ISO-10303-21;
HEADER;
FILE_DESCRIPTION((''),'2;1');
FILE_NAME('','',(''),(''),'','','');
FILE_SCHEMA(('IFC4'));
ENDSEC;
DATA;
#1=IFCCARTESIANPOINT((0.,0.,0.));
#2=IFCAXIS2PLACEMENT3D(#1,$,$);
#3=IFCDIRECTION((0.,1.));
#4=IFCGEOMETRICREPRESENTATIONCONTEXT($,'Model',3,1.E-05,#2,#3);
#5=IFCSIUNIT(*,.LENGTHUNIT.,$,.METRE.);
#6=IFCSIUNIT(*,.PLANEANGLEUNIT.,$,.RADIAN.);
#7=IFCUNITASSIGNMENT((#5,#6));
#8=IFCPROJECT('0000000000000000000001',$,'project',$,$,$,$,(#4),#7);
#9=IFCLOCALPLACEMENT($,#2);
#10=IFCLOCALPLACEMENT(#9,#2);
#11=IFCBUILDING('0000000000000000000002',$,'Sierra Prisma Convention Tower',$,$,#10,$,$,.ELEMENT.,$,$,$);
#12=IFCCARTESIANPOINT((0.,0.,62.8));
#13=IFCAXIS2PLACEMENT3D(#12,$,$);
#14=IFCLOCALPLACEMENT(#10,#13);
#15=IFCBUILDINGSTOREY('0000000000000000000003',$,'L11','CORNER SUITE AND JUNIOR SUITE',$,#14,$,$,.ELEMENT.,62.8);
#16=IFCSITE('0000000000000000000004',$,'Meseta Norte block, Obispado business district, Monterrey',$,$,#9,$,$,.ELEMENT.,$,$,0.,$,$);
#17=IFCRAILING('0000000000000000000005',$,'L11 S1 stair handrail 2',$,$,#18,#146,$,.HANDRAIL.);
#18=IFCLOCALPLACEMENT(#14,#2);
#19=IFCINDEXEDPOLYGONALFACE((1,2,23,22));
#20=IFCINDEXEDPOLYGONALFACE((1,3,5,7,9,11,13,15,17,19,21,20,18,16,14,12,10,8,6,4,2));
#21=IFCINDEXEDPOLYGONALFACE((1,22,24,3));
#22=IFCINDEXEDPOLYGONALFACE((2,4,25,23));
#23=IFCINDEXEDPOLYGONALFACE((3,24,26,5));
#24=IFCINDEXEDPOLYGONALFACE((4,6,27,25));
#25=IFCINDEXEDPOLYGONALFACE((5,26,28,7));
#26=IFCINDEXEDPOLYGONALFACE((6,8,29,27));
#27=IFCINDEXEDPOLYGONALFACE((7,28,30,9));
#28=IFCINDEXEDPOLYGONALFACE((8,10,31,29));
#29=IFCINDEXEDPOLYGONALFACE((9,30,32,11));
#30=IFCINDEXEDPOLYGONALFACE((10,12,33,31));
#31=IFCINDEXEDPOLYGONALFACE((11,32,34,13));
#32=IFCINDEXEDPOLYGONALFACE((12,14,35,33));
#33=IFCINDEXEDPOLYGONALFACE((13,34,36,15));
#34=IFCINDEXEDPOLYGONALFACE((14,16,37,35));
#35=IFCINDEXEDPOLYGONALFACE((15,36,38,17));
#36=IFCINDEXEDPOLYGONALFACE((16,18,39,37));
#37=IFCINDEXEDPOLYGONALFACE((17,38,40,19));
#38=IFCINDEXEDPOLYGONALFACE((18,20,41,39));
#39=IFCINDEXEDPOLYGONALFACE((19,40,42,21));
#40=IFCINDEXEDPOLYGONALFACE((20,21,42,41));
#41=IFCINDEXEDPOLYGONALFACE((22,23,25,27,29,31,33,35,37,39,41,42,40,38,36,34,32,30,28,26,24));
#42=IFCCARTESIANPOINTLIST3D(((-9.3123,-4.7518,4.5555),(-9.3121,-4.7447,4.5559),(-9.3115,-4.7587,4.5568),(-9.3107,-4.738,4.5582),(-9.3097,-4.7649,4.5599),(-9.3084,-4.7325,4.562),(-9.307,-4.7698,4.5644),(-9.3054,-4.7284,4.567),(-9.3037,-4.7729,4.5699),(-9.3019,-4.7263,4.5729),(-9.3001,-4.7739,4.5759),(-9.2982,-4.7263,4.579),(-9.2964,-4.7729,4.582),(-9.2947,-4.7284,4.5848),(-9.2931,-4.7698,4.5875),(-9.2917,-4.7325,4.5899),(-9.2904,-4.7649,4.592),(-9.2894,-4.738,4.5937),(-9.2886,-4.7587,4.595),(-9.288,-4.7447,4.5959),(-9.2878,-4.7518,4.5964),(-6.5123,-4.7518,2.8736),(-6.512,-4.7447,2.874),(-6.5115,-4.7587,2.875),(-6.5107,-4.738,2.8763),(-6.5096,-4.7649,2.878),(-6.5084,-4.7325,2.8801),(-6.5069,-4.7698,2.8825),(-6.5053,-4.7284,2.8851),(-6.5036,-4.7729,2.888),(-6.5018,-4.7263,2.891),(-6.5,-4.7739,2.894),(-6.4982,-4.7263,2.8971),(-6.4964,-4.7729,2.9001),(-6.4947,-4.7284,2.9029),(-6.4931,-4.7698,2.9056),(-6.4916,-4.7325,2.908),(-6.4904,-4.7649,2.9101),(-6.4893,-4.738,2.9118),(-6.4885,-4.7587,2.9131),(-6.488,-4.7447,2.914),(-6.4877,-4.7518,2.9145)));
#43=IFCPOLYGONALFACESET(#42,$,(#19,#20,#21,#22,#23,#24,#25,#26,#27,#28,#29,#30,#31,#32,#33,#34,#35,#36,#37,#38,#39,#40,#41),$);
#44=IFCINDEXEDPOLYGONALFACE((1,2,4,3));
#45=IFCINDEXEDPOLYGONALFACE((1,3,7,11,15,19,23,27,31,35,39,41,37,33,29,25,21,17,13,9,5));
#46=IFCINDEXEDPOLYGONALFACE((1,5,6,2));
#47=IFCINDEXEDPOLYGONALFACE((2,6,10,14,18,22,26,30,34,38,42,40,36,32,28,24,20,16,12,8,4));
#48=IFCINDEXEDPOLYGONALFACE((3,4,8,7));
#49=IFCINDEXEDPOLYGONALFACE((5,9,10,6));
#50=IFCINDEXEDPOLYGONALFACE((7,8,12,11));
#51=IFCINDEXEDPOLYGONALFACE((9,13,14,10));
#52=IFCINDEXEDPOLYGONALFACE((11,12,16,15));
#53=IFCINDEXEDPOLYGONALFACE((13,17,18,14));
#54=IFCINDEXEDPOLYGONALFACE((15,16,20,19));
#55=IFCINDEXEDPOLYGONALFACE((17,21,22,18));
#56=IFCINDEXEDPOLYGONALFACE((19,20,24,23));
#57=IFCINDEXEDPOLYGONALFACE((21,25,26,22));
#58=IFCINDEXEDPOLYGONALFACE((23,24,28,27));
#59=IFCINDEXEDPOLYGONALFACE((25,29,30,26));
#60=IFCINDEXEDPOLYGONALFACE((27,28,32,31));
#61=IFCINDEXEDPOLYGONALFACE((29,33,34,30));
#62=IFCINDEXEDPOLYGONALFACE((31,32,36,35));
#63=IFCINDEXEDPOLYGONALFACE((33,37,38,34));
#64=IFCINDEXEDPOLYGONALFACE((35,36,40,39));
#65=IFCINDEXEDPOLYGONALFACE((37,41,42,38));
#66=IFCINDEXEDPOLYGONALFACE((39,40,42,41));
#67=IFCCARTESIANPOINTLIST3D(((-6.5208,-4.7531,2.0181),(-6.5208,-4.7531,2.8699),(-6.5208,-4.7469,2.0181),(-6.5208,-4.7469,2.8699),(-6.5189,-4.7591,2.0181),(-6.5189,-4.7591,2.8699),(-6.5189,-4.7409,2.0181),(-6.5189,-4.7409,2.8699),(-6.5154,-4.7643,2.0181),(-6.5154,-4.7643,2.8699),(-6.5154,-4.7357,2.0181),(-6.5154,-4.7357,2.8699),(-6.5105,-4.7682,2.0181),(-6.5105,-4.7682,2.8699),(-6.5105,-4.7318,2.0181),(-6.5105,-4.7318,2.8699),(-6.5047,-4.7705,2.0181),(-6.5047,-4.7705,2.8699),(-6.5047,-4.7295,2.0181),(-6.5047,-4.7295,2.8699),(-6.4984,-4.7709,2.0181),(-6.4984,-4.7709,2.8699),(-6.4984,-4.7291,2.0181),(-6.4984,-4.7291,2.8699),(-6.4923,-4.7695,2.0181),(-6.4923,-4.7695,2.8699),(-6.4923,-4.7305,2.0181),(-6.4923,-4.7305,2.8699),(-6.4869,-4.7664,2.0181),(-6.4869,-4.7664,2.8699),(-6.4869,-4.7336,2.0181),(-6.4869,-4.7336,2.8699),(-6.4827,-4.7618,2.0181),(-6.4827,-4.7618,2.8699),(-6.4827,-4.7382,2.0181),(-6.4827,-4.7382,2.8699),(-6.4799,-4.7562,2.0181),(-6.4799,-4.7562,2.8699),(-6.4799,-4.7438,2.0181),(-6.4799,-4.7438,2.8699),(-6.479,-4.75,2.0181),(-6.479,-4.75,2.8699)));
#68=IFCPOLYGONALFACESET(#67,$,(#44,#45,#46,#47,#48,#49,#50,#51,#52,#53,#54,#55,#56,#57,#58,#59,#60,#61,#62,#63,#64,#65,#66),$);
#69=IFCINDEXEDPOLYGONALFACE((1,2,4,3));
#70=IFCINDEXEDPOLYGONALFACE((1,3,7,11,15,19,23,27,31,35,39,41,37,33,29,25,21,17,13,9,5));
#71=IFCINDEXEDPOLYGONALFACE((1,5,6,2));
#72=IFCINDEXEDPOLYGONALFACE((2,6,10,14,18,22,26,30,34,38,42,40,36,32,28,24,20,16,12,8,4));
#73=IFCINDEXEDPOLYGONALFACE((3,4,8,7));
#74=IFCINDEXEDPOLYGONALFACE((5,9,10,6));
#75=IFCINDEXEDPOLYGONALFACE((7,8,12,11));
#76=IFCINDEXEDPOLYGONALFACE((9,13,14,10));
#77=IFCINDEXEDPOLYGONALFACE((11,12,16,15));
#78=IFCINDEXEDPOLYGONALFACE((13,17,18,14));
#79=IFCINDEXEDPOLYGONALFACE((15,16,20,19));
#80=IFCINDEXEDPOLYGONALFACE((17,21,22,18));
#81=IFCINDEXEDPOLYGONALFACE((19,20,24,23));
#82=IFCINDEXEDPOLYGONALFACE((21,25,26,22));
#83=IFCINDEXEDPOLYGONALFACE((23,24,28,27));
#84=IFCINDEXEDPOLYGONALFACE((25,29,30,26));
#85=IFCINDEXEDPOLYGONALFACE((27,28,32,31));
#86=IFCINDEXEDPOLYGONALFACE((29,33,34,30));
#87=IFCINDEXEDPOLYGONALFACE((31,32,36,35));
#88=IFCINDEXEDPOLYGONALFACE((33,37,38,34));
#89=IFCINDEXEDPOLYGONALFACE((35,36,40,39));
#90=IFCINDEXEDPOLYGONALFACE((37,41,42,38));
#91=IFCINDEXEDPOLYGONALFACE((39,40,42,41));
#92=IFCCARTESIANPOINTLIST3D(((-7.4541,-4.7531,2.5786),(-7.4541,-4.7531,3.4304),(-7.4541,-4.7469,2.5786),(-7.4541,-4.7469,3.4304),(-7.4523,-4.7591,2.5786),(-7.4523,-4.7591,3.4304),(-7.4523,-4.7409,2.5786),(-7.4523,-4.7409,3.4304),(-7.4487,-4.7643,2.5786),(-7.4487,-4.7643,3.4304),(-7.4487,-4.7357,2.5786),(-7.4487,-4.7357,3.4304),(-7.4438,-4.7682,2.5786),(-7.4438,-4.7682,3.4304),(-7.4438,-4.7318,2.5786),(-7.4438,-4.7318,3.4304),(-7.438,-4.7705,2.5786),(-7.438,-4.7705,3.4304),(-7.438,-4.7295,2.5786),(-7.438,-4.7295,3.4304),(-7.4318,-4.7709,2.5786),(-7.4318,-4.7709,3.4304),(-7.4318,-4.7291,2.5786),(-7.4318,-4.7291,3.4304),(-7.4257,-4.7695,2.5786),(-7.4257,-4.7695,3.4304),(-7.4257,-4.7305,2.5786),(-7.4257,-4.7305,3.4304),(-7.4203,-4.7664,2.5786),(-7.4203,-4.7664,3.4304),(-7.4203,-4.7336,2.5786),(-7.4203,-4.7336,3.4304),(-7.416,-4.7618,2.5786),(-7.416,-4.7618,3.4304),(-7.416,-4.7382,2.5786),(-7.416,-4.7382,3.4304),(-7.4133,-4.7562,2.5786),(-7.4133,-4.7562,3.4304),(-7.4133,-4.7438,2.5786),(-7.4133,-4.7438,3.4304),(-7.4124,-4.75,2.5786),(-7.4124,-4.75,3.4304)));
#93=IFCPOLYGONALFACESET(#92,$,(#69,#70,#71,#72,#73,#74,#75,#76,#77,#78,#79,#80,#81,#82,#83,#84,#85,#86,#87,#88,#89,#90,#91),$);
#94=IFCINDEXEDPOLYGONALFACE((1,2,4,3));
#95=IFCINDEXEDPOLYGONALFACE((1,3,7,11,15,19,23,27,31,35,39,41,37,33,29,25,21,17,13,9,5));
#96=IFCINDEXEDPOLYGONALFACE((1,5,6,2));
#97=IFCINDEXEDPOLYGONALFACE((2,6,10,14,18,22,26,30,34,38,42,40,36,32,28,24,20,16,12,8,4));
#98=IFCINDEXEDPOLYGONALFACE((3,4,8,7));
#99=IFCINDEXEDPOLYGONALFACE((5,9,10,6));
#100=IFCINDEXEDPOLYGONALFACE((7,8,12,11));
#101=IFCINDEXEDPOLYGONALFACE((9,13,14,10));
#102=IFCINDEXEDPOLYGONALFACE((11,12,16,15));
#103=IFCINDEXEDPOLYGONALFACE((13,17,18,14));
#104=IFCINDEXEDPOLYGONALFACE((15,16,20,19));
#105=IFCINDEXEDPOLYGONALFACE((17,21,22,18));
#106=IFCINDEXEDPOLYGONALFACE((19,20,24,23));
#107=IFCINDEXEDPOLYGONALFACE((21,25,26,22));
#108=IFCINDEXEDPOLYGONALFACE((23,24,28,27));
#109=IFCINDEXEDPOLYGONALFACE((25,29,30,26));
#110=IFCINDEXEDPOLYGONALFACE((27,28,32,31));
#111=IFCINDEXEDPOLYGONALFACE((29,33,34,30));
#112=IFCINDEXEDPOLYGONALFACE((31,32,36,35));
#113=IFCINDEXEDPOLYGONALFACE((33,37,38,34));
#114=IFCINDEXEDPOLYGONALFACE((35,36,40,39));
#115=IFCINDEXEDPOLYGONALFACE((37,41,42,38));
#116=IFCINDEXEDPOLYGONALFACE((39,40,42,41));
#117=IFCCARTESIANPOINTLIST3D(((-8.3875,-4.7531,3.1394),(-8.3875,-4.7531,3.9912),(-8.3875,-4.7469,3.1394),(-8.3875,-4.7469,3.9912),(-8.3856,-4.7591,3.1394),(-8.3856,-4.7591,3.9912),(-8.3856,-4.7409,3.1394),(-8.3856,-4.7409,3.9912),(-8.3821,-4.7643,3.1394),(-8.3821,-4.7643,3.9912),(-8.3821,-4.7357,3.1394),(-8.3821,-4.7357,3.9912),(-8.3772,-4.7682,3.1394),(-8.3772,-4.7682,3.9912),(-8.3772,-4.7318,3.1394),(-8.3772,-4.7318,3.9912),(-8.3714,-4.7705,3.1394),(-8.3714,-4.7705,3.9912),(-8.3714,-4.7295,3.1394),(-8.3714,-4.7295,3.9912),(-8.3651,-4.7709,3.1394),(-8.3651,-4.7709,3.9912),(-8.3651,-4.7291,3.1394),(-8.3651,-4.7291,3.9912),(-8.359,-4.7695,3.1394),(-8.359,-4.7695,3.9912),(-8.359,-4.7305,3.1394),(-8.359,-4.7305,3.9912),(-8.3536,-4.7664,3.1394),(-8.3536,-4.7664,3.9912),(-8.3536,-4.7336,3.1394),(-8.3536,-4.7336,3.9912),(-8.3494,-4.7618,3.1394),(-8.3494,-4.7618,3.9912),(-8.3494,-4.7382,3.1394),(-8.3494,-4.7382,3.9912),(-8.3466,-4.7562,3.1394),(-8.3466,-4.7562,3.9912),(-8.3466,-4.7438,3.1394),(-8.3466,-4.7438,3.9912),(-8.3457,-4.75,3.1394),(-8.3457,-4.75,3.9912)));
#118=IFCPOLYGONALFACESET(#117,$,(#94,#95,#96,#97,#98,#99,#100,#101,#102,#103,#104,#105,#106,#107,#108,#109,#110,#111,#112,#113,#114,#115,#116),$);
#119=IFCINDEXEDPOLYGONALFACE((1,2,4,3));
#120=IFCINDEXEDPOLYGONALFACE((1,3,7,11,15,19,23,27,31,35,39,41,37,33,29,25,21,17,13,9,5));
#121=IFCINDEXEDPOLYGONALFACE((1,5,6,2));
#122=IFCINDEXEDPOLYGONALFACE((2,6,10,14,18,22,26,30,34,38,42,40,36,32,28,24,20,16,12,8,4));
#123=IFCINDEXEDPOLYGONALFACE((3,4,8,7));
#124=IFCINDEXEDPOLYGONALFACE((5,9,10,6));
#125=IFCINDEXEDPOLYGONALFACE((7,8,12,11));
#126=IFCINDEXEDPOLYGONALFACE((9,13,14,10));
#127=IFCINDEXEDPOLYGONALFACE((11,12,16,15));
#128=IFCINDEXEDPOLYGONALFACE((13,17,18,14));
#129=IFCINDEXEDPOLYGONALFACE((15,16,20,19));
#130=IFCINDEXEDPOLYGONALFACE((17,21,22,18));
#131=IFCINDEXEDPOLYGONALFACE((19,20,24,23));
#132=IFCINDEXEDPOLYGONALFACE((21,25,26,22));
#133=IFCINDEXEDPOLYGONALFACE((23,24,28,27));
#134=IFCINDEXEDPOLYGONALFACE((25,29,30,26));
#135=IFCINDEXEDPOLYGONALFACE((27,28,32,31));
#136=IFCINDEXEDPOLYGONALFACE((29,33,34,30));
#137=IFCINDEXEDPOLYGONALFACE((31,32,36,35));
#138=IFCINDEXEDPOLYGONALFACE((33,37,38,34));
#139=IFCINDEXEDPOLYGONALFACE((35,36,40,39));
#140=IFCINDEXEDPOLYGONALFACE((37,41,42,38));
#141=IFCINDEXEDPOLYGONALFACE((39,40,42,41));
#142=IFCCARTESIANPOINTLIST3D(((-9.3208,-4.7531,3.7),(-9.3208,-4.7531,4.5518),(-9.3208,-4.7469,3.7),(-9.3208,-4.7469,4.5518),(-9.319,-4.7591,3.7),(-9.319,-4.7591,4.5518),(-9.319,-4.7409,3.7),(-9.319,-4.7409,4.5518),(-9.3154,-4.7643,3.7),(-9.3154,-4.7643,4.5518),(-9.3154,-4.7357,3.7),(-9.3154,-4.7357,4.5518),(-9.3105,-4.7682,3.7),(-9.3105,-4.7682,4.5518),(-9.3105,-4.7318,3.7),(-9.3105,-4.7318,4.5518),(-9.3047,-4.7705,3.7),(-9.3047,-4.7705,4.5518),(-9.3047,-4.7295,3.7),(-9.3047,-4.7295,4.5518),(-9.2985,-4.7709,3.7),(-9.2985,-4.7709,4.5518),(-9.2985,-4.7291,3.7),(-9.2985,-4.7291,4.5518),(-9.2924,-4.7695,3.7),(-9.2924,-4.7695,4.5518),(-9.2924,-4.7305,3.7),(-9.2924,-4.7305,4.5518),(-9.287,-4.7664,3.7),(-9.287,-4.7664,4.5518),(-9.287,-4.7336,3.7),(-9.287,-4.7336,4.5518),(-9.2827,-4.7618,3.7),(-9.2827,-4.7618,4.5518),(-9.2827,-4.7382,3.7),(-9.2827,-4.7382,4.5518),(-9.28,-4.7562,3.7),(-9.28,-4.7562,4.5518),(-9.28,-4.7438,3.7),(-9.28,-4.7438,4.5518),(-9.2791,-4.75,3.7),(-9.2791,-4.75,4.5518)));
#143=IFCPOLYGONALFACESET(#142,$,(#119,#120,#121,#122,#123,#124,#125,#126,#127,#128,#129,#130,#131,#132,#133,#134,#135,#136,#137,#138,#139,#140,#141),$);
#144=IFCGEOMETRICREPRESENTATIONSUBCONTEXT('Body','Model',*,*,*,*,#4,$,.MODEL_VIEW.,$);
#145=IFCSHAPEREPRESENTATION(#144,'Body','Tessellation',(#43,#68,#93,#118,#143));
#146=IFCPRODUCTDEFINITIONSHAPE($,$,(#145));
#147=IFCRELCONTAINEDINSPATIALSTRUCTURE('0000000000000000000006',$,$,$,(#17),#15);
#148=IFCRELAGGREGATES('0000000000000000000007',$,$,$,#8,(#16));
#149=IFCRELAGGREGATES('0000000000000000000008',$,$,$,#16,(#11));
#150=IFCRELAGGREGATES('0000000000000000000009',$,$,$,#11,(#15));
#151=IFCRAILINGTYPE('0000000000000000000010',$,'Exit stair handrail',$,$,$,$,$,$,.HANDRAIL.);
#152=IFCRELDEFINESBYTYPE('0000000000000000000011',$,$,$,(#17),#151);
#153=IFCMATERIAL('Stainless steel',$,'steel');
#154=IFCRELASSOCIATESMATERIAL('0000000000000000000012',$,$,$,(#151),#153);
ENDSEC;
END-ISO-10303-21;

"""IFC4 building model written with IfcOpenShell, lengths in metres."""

from ifc_helpers import new_model, si_unit, direction, frame, origin, origin_2d, place, context, subcontext, project, spatial, circle, extrude, material, type_object, element, save


model = new_model("IFC4")

# Units and contexts
model_context = context("Model", 3, precision=1e-05, world=origin(), true_north=direction((0.0, 1.0)))
body_context = subcontext(model_context, "Body", "Model", "MODEL_VIEW")
ifc_project = project(units=[si_unit("LENGTHUNIT", "METRE"), si_unit("PLANEANGLEUNIT", "RADIAN")], contexts=[model_context])

# Site, building, storey
site_placement = place(None, origin())
site = spatial("IfcSite", under=ifc_project, at=site_placement, Name="Meseta Norte block, Obispado business district, Monterrey", CompositionType="ELEMENT", RefElevation=0.0)
building_placement = place(site_placement, origin())
building = spatial("IfcBuilding", under=site, at=building_placement, Name="Sierra Prisma Convention Tower", CompositionType="ELEMENT")
storey_placement = place(building_placement, frame((0.0, 0.0, 62.8)))
storey = spatial("IfcBuildingStorey", under=building, at=storey_placement, Name="L11", Description="CORNER SUITE AND JUNIOR SUITE", CompositionType="ELEMENT", Elevation=62.8)

# Railing
ifc_material_1 = material(Name="Stainless steel", Category="steel")
railing_type_1 = type_object("IfcRailingType", Name="Exit stair handrail", PredefinedType="HANDRAIL", material=ifc_material_1)
railing_1_placement = place(storey_placement, frame((-6.5, -4.75, 2.0181)))
element("IfcRailing", 1, at=railing_1_placement, inside=storey, type_object=railing_type_1, Name="L11 S1 stair handrail 2", PredefinedType="HANDRAIL", context=body_context, shape_type="SweptSolid", body=[
    extrude(circle(Radius=0.0239, at=origin_2d()), frame((0.0, 0.0, 0.876), z_axis=(-0.857242, 0.0, 0.514913), x_axis=(0.0, -1.0, 0.0)), (0.0, 0.0, 1.0), 3.2664),
    extrude(circle(Radius=0.021, at=origin_2d()), origin(), (0.0, 0.0, 1.0), 0.8518),
    extrude(circle(Radius=0.021, at=origin_2d()), frame((-0.9333, 0.0, 0.5605)), (0.0, 0.0, 1.0), 0.8518),
    extrude(circle(Radius=0.021, at=origin_2d()), frame((-1.8667, 0.0, 1.1213)), (0.0, 0.0, 1.0), 0.8518),
    extrude(circle(Radius=0.021, at=origin_2d()), frame((-2.8, 0.0, 1.6819)), (0.0, 0.0, 1.0), 0.8518),
])

save(model, "model.ifc")
